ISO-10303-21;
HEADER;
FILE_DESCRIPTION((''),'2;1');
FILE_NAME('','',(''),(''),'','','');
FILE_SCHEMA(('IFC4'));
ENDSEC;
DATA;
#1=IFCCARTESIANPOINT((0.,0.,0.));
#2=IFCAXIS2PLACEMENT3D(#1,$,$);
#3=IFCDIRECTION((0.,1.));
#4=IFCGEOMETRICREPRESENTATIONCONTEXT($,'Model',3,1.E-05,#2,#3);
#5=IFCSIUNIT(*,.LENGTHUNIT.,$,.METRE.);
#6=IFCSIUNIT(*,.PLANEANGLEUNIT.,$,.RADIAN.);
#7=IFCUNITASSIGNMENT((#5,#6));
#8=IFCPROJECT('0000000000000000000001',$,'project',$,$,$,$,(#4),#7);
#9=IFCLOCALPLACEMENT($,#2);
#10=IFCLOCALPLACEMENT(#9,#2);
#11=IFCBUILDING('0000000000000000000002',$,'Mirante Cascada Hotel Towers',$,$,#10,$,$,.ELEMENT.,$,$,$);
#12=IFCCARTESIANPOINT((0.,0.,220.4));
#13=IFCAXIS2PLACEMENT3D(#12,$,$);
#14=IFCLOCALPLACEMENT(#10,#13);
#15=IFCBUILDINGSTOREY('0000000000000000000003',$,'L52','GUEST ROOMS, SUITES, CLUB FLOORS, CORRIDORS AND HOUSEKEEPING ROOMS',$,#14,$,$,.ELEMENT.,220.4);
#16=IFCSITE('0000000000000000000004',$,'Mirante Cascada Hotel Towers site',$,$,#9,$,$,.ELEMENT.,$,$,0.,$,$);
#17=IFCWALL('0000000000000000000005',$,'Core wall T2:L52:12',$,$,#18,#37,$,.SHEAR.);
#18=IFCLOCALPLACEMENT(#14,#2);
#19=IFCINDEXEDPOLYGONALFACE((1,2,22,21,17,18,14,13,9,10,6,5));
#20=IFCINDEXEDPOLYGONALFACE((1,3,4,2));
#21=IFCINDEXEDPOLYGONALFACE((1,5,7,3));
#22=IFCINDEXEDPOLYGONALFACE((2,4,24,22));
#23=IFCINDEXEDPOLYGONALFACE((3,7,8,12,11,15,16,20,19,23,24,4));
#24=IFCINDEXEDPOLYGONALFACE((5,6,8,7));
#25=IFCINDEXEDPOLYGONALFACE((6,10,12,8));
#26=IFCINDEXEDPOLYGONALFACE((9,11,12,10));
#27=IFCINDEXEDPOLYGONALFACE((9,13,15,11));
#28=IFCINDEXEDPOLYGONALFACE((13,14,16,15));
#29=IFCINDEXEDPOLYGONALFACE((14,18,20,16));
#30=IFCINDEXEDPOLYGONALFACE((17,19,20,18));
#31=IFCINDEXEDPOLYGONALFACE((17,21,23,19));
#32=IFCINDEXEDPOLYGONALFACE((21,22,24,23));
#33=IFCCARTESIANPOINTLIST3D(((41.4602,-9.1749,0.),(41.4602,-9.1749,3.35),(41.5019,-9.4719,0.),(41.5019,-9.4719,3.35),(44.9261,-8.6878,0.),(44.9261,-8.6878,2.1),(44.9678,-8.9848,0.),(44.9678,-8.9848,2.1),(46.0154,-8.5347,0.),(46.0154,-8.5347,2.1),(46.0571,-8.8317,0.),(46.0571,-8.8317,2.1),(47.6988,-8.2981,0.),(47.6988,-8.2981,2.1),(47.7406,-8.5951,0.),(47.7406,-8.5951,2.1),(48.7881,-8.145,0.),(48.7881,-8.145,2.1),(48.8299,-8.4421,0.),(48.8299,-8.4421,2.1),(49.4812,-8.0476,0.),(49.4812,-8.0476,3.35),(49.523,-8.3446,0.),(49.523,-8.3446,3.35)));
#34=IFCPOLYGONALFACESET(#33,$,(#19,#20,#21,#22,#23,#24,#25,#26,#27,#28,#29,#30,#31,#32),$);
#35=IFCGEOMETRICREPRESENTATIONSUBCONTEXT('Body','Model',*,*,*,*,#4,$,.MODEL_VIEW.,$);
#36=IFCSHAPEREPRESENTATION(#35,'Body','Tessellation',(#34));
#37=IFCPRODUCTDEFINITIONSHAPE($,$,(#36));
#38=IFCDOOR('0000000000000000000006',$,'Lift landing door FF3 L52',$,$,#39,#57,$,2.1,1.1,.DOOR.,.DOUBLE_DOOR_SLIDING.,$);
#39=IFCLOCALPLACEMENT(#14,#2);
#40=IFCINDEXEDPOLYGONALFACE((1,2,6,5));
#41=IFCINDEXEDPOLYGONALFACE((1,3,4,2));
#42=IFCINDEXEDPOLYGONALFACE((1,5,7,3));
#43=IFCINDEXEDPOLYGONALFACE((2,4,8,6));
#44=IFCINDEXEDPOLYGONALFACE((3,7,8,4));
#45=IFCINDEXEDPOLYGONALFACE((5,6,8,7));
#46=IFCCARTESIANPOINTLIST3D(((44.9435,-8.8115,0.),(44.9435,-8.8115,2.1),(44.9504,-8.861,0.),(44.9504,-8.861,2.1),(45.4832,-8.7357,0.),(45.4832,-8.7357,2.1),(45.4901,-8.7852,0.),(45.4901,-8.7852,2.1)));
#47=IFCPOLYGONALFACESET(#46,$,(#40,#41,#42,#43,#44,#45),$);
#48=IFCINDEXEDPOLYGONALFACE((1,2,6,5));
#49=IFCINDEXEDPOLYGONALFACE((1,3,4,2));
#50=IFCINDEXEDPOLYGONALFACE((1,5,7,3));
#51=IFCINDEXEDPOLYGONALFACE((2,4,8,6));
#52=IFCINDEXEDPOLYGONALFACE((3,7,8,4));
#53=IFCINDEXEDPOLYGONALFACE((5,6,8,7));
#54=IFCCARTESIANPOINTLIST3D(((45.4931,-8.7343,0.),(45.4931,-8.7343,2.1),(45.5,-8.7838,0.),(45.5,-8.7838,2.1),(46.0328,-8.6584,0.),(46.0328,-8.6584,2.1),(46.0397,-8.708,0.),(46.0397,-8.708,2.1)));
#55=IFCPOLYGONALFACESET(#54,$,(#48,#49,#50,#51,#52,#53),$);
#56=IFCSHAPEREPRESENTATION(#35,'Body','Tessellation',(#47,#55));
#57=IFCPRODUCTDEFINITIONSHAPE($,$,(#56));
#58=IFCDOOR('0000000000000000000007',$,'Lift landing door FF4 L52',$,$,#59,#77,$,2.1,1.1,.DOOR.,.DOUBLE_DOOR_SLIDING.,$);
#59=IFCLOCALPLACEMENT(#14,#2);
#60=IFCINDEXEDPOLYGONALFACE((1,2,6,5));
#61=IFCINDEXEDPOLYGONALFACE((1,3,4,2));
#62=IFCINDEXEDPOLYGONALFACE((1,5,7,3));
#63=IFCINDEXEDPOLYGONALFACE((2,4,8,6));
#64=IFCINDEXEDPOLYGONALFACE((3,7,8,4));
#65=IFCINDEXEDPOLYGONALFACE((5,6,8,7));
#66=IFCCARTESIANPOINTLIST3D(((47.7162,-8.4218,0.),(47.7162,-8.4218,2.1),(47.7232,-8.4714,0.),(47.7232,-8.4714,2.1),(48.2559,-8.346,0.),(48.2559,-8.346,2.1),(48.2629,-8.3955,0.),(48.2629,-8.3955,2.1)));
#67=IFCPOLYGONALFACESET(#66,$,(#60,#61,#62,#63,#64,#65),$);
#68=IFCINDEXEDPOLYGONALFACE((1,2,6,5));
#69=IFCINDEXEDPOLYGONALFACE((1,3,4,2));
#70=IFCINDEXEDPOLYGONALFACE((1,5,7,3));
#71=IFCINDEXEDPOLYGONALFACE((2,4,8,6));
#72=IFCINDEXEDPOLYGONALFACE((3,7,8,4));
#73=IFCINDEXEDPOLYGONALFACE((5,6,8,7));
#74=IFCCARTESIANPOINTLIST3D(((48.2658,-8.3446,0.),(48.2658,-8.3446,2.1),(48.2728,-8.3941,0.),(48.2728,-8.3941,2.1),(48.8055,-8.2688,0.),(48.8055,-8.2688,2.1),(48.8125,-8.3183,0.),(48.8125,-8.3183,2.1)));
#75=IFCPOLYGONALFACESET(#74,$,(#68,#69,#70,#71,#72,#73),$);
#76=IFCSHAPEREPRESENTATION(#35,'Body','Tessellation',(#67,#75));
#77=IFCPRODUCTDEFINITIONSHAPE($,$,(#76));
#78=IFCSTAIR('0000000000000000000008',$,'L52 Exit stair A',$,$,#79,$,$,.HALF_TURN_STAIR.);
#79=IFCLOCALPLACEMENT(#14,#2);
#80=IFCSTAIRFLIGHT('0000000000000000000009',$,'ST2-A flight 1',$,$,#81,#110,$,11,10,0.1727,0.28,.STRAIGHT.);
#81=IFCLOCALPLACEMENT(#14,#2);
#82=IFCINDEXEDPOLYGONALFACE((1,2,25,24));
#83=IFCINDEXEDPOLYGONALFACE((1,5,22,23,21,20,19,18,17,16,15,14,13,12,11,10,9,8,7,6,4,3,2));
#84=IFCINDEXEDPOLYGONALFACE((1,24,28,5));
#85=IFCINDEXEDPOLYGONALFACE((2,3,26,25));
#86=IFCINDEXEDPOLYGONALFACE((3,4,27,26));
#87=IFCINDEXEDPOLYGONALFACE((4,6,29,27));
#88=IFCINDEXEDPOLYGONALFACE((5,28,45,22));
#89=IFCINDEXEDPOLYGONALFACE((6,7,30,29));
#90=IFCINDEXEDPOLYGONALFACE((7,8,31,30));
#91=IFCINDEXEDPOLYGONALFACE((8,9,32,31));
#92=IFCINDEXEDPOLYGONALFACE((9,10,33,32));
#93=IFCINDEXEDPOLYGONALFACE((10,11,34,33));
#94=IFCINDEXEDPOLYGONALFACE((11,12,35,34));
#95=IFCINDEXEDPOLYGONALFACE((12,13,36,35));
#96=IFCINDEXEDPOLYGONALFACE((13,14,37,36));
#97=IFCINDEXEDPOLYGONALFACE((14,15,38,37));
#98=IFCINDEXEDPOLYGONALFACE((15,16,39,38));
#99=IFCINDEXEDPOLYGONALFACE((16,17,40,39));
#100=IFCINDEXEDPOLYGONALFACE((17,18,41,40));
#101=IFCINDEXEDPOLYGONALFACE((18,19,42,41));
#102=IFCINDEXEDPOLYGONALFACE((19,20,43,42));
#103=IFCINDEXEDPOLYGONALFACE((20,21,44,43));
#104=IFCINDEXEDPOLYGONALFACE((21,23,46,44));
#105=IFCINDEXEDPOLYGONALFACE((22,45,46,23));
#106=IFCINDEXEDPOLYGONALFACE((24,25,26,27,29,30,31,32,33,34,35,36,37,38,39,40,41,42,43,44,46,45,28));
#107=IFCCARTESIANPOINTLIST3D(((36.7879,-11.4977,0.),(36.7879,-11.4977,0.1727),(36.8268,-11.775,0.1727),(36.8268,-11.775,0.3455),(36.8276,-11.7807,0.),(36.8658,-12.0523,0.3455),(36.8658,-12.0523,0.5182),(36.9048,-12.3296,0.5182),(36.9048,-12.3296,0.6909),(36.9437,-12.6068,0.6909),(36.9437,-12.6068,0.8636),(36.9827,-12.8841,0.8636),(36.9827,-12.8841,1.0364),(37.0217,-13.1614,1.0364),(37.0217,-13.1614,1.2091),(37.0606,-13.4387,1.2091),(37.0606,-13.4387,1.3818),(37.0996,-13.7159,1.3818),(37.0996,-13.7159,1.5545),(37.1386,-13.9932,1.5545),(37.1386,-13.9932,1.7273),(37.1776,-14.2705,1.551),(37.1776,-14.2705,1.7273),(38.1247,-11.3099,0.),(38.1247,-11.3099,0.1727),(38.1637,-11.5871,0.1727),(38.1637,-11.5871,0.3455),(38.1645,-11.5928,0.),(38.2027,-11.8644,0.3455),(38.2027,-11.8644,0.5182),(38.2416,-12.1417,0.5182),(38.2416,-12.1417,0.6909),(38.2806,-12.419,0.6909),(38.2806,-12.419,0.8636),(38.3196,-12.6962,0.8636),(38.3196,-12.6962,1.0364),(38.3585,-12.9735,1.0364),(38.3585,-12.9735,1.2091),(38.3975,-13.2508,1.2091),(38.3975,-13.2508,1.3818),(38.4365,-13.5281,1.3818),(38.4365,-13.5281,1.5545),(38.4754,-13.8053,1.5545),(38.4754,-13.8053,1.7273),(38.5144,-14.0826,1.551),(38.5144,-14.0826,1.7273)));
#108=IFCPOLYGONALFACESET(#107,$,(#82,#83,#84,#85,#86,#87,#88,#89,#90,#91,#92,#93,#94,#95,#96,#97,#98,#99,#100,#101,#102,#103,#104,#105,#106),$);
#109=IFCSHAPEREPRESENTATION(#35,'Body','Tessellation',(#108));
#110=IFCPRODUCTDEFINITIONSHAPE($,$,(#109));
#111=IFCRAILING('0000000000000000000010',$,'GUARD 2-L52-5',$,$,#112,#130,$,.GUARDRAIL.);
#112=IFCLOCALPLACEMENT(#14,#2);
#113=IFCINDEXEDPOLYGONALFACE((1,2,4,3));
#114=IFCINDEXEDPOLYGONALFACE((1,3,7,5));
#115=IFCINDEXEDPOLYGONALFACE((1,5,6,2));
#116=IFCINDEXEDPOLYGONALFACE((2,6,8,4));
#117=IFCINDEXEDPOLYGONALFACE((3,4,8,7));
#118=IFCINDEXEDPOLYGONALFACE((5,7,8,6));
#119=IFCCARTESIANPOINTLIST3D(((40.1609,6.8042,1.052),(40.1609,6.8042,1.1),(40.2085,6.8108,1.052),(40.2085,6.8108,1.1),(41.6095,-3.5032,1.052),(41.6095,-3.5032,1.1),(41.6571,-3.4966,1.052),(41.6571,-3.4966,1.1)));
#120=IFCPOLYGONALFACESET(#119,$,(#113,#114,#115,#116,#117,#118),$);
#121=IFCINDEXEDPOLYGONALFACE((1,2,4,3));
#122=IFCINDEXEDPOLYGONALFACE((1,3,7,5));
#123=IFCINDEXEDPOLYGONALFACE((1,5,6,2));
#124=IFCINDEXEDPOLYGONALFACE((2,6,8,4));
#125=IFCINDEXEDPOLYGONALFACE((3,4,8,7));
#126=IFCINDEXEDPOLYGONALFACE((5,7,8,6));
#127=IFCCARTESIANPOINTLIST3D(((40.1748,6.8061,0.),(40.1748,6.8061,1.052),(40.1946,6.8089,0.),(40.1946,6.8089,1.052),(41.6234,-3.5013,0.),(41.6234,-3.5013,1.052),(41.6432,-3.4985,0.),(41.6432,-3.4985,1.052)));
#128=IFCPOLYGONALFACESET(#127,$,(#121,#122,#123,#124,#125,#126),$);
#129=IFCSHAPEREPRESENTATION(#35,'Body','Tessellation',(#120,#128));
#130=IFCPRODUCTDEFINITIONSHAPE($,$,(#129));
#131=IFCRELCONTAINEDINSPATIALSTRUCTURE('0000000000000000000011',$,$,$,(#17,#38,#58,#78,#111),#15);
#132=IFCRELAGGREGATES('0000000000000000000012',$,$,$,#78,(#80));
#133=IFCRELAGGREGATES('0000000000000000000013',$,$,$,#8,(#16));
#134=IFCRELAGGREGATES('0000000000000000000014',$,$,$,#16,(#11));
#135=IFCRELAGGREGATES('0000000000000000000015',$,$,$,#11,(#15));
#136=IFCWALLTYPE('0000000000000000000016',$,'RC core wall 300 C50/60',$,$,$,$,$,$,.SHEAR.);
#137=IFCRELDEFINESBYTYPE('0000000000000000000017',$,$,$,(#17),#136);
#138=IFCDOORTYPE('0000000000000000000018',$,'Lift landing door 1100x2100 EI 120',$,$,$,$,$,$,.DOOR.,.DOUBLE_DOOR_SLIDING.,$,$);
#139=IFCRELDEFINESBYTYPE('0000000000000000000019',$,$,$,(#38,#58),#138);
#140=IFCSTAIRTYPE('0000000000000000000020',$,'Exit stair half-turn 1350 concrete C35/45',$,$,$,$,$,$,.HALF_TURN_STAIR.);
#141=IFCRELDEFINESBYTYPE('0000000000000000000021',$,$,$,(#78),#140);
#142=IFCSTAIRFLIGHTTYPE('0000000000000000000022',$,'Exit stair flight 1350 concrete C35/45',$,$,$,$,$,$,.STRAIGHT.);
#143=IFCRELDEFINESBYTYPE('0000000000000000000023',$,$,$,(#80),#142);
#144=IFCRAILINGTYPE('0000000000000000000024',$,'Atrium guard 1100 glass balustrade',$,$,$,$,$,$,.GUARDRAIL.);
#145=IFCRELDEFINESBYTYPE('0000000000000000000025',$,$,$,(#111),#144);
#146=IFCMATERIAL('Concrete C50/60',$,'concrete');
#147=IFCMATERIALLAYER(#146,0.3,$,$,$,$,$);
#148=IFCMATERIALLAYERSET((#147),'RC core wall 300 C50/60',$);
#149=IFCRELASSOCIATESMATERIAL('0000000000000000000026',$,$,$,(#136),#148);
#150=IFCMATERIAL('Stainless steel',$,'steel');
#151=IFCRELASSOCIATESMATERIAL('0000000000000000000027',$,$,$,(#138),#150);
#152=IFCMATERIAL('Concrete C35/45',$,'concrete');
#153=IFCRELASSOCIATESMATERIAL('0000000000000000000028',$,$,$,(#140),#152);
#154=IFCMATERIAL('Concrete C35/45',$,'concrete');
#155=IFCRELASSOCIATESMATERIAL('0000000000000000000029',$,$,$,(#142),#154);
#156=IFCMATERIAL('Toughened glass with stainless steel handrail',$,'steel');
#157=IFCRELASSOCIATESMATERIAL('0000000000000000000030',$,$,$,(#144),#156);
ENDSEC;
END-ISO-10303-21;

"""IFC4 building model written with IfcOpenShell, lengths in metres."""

from ifc_helpers import new_model, si_unit, direction, frame, frame_2d, origin, origin_2d, place, context, subcontext, project, spatial, polyline, rectangle, outline, extrude, material, layer, layer_set, type_object, element, fill, aggregate, save


model = new_model("IFC4")

# Units and contexts
model_context = context("Model", 3, precision=1e-05, world=origin(), true_north=direction((0.0, 1.0)))
body_context = subcontext(model_context, "Body", "Model", "MODEL_VIEW")
ifc_project = project(units=[si_unit("LENGTHUNIT", "METRE"), si_unit("PLANEANGLEUNIT", "RADIAN")], contexts=[model_context])

# Site, building, storey
site_placement = place(None, origin())
site = spatial("IfcSite", under=ifc_project, at=site_placement, Name="Mirante Cascada Hotel Towers site", CompositionType="ELEMENT", RefElevation=0.0)
building_placement = place(site_placement, origin())
building = spatial("IfcBuilding", under=site, at=building_placement, Name="Mirante Cascada Hotel Towers", CompositionType="ELEMENT")
storey_placement = place(building_placement, frame((0.0, 0.0, 220.4)))
storey = spatial("IfcBuildingStorey", under=building, at=storey_placement, Name="L52", Description="GUEST ROOMS, SUITES, CLUB FLOORS, CORRIDORS AND HOUSEKEEPING ROOMS", CompositionType="ELEMENT", Elevation=220.4)

# Shared definitions
ifc_material_1 = material(Name="Concrete C50/60", Category="concrete")
ifc_layer_1 = layer(ifc_material_1, 0.3)
ifc_layer_set_1 = layer_set([ifc_layer_1], Name="RC core wall 300 C50/60")
wall_type_1 = type_object("IfcWallType", Name="RC core wall 300 C50/60", PredefinedType="SHEAR", material=ifc_layer_set_1)

# Wall, openings, doors
wall_1_placement = place(storey_placement, frame((41.481, -9.3234, 0.0), z_axis=(0.0, 0.0, 1.0), x_axis=(0.990268, 0.139174, 0.0)))
wall_1 = element("IfcWall", 1, at=wall_1_placement, inside=storey, type_object=wall_type_1, Name="Core wall T2:L52:12", PredefinedType="SHEAR", context=body_context, shape_type="SweptSolid", body=[
    extrude(rectangle(XDim=8.0999, YDim=0.3, at=frame_2d((4.05, 0.0))), origin(), (0.0, 0.0, 1.0), 3.35),
])
opening_1_placement = place(wall_1_placement, frame((3.5, 0.0, 0.0)))
opening_1 = element("IfcOpeningElement", 2, at=opening_1_placement, cuts=wall_1, PredefinedType="OPENING", context=body_context, shape_type="SweptSolid", body=[
    extrude(rectangle(XDim=1.1, YDim=2.1, at=frame_2d((0.55, 1.05))), frame((0.0, 0.15, 0.0), z_axis=(0.0, -1.0, 0.0), x_axis=(1.0, 0.0, 0.0)), (0.0, 0.0, 1.0), 0.3),
])
opening_2_placement = place(wall_1_placement, frame((6.3, 0.0, 0.0)))
opening_2 = element("IfcOpeningElement", 3, at=opening_2_placement, cuts=wall_1, PredefinedType="OPENING", context=body_context, shape_type="SweptSolid", body=[
    extrude(rectangle(XDim=1.1, YDim=2.1, at=frame_2d((0.55, 1.05))), frame((0.0, 0.15, 0.0), z_axis=(0.0, -1.0, 0.0), x_axis=(1.0, 0.0, 0.0)), (0.0, 0.0, 1.0), 0.3),
])
ifc_material_2 = material(Name="Stainless steel", Category="steel")
door_type_1 = type_object("IfcDoorType", Name="Lift landing door 1100x2100 EI 120", OperationType="DOUBLE_DOOR_SLIDING", PredefinedType="DOOR", material=ifc_material_2)
door_1_placement = place(opening_1_placement, origin())
door_1 = element("IfcDoor", 4, at=door_1_placement, inside=storey, type_object=door_type_1, Name="Lift landing door FF3 L52", OperationType="DOUBLE_DOOR_SLIDING", OverallHeight=2.1, OverallWidth=1.1, PredefinedType="DOOR", context=body_context, shape_type="SweptSolid", body=[
    extrude(rectangle(XDim=0.545, YDim=2.1, at=frame_2d((0.2725, 1.05))), frame((0.0, 0.025, 0.0), z_axis=(0.0, -1.0, 0.0), x_axis=(1.0, 0.0, 0.0)), (0.0, 0.0, 1.0), 0.05),
    extrude(rectangle(XDim=0.545, YDim=2.1, at=frame_2d((0.8275, 1.05))), frame((0.0, 0.025, 0.0), z_axis=(0.0, -1.0, 0.0), x_axis=(1.0, 0.0, 0.0)), (0.0, 0.0, 1.0), 0.05),
])
fill(opening_1, door_1)
door_2_placement = place(opening_2_placement, origin())
door_2 = element("IfcDoor", 5, at=door_2_placement, inside=storey, type_object=door_type_1, Name="Lift landing door FF4 L52", OperationType="DOUBLE_DOOR_SLIDING", OverallHeight=2.1, OverallWidth=1.1, PredefinedType="DOOR", context=body_context, shape_type="SweptSolid", body=[
    extrude(rectangle(XDim=0.545, YDim=2.1, at=frame_2d((0.2725, 1.05))), frame((0.0, 0.025, 0.0), z_axis=(0.0, -1.0, 0.0), x_axis=(1.0, 0.0, 0.0)), (0.0, 0.0, 1.0), 0.05),
    extrude(rectangle(XDim=0.545, YDim=2.1, at=frame_2d((0.8275, 1.05))), frame((0.0, 0.025, 0.0), z_axis=(0.0, -1.0, 0.0), x_axis=(1.0, 0.0, 0.0)), (0.0, 0.0, 1.0), 0.05),
])
fill(opening_2, door_2)

# Stair, stair flight
ifc_material_3 = material(Name="Concrete C35/45", Category="concrete")
stair_type = type_object("IfcStairType", Name="Exit stair half-turn 1350 concrete C35/45", PredefinedType="HALF_TURN_STAIR", material=ifc_material_3)
stair_placement = place(storey_placement, origin())
stair = element("IfcStair", 6, at=stair_placement, inside=storey, type_object=stair_type, Name="L52 Exit stair A", PredefinedType="HALF_TURN_STAIR")
ifc_material_4 = material(Name="Concrete C35/45", Category="concrete")
stair_flight_type = type_object("IfcStairFlightType", Name="Exit stair flight 1350 concrete C35/45", PredefinedType="STRAIGHT", material=ifc_material_4)
stair_flight_placement = place(storey_placement, frame((37.4563, -11.4038, 0.0), z_axis=(0.0, 0.0, 1.0), x_axis=(0.139173, -0.990268, 0.0)))
stair_flight = element("IfcStairFlight", 7, at=stair_flight_placement, type_object=stair_flight_type, Name="ST2-A flight 1", NumberOfRisers=11, NumberOfTreads=10, PredefinedType="STRAIGHT", RiserHeight=0.1727, TreadLength=0.28, context=body_context, shape_type="SweptSolid", body=[
    extrude(outline(polyline([(0.0, 0.0), (0.0, 0.1727), (0.28, 0.1727), (0.28, 0.3455), (0.56, 0.3455), (0.56, 0.5182), (0.84, 0.5182), (0.84, 0.6909), (1.12, 0.6909), (1.12, 0.8636), (1.4, 0.8636), (1.4, 1.0364), (1.68, 1.0364), (1.68, 1.2091), (1.96, 1.2091), (1.96, 1.3818), (2.24, 1.3818), (2.24, 1.5545), (2.52, 1.5545), (2.52, 1.7273), (2.8, 1.7273), (2.8, 1.9), (2.8, 1.551), (0.2857, 0.0), (0.0, 0.0)])), frame((0.0, 0.675, 0.0), z_axis=(0.0, -1.0, 0.0), x_axis=(1.0, 0.0, 0.0)), (0.0, 0.0, 1.0), 1.35),
])
aggregate(stair, [stair_flight])

# Railing
ifc_material_5 = material(Name="Toughened glass with stainless steel handrail", Category="steel")
railing_type_1 = type_object("IfcRailingType", Name="Atrium guard 1100 glass balustrade", PredefinedType="GUARDRAIL", material=ifc_material_5)
railing_1_placement = place(storey_placement, frame((41.6333, -3.4999, 0.0)))
element("IfcRailing", 8, at=railing_1_placement, inside=storey, type_object=railing_type_1, Name="GUARD 2-L52-5", PredefinedType="GUARDRAIL", context=body_context, shape_type="SweptSolid", body=[
    extrude(rectangle(XDim=0.048, YDim=0.048, at=origin_2d()), frame((0.0, 0.0, 1.076), z_axis=(-0.139172, 0.990268, 0.0), x_axis=(-0.990268, -0.139172, 0.0)), (0.0, 0.0, 1.0), 10.4087),
    extrude(rectangle(XDim=0.02, YDim=1.052, at=origin_2d()), frame((0.0, 0.0, 0.526), z_axis=(-0.139172, 0.990268, 0.0), x_axis=(-0.990268, -0.139172, 0.0)), (0.0, 0.0, 1.0), 10.4087),
])

save(model, "model.ifc")
